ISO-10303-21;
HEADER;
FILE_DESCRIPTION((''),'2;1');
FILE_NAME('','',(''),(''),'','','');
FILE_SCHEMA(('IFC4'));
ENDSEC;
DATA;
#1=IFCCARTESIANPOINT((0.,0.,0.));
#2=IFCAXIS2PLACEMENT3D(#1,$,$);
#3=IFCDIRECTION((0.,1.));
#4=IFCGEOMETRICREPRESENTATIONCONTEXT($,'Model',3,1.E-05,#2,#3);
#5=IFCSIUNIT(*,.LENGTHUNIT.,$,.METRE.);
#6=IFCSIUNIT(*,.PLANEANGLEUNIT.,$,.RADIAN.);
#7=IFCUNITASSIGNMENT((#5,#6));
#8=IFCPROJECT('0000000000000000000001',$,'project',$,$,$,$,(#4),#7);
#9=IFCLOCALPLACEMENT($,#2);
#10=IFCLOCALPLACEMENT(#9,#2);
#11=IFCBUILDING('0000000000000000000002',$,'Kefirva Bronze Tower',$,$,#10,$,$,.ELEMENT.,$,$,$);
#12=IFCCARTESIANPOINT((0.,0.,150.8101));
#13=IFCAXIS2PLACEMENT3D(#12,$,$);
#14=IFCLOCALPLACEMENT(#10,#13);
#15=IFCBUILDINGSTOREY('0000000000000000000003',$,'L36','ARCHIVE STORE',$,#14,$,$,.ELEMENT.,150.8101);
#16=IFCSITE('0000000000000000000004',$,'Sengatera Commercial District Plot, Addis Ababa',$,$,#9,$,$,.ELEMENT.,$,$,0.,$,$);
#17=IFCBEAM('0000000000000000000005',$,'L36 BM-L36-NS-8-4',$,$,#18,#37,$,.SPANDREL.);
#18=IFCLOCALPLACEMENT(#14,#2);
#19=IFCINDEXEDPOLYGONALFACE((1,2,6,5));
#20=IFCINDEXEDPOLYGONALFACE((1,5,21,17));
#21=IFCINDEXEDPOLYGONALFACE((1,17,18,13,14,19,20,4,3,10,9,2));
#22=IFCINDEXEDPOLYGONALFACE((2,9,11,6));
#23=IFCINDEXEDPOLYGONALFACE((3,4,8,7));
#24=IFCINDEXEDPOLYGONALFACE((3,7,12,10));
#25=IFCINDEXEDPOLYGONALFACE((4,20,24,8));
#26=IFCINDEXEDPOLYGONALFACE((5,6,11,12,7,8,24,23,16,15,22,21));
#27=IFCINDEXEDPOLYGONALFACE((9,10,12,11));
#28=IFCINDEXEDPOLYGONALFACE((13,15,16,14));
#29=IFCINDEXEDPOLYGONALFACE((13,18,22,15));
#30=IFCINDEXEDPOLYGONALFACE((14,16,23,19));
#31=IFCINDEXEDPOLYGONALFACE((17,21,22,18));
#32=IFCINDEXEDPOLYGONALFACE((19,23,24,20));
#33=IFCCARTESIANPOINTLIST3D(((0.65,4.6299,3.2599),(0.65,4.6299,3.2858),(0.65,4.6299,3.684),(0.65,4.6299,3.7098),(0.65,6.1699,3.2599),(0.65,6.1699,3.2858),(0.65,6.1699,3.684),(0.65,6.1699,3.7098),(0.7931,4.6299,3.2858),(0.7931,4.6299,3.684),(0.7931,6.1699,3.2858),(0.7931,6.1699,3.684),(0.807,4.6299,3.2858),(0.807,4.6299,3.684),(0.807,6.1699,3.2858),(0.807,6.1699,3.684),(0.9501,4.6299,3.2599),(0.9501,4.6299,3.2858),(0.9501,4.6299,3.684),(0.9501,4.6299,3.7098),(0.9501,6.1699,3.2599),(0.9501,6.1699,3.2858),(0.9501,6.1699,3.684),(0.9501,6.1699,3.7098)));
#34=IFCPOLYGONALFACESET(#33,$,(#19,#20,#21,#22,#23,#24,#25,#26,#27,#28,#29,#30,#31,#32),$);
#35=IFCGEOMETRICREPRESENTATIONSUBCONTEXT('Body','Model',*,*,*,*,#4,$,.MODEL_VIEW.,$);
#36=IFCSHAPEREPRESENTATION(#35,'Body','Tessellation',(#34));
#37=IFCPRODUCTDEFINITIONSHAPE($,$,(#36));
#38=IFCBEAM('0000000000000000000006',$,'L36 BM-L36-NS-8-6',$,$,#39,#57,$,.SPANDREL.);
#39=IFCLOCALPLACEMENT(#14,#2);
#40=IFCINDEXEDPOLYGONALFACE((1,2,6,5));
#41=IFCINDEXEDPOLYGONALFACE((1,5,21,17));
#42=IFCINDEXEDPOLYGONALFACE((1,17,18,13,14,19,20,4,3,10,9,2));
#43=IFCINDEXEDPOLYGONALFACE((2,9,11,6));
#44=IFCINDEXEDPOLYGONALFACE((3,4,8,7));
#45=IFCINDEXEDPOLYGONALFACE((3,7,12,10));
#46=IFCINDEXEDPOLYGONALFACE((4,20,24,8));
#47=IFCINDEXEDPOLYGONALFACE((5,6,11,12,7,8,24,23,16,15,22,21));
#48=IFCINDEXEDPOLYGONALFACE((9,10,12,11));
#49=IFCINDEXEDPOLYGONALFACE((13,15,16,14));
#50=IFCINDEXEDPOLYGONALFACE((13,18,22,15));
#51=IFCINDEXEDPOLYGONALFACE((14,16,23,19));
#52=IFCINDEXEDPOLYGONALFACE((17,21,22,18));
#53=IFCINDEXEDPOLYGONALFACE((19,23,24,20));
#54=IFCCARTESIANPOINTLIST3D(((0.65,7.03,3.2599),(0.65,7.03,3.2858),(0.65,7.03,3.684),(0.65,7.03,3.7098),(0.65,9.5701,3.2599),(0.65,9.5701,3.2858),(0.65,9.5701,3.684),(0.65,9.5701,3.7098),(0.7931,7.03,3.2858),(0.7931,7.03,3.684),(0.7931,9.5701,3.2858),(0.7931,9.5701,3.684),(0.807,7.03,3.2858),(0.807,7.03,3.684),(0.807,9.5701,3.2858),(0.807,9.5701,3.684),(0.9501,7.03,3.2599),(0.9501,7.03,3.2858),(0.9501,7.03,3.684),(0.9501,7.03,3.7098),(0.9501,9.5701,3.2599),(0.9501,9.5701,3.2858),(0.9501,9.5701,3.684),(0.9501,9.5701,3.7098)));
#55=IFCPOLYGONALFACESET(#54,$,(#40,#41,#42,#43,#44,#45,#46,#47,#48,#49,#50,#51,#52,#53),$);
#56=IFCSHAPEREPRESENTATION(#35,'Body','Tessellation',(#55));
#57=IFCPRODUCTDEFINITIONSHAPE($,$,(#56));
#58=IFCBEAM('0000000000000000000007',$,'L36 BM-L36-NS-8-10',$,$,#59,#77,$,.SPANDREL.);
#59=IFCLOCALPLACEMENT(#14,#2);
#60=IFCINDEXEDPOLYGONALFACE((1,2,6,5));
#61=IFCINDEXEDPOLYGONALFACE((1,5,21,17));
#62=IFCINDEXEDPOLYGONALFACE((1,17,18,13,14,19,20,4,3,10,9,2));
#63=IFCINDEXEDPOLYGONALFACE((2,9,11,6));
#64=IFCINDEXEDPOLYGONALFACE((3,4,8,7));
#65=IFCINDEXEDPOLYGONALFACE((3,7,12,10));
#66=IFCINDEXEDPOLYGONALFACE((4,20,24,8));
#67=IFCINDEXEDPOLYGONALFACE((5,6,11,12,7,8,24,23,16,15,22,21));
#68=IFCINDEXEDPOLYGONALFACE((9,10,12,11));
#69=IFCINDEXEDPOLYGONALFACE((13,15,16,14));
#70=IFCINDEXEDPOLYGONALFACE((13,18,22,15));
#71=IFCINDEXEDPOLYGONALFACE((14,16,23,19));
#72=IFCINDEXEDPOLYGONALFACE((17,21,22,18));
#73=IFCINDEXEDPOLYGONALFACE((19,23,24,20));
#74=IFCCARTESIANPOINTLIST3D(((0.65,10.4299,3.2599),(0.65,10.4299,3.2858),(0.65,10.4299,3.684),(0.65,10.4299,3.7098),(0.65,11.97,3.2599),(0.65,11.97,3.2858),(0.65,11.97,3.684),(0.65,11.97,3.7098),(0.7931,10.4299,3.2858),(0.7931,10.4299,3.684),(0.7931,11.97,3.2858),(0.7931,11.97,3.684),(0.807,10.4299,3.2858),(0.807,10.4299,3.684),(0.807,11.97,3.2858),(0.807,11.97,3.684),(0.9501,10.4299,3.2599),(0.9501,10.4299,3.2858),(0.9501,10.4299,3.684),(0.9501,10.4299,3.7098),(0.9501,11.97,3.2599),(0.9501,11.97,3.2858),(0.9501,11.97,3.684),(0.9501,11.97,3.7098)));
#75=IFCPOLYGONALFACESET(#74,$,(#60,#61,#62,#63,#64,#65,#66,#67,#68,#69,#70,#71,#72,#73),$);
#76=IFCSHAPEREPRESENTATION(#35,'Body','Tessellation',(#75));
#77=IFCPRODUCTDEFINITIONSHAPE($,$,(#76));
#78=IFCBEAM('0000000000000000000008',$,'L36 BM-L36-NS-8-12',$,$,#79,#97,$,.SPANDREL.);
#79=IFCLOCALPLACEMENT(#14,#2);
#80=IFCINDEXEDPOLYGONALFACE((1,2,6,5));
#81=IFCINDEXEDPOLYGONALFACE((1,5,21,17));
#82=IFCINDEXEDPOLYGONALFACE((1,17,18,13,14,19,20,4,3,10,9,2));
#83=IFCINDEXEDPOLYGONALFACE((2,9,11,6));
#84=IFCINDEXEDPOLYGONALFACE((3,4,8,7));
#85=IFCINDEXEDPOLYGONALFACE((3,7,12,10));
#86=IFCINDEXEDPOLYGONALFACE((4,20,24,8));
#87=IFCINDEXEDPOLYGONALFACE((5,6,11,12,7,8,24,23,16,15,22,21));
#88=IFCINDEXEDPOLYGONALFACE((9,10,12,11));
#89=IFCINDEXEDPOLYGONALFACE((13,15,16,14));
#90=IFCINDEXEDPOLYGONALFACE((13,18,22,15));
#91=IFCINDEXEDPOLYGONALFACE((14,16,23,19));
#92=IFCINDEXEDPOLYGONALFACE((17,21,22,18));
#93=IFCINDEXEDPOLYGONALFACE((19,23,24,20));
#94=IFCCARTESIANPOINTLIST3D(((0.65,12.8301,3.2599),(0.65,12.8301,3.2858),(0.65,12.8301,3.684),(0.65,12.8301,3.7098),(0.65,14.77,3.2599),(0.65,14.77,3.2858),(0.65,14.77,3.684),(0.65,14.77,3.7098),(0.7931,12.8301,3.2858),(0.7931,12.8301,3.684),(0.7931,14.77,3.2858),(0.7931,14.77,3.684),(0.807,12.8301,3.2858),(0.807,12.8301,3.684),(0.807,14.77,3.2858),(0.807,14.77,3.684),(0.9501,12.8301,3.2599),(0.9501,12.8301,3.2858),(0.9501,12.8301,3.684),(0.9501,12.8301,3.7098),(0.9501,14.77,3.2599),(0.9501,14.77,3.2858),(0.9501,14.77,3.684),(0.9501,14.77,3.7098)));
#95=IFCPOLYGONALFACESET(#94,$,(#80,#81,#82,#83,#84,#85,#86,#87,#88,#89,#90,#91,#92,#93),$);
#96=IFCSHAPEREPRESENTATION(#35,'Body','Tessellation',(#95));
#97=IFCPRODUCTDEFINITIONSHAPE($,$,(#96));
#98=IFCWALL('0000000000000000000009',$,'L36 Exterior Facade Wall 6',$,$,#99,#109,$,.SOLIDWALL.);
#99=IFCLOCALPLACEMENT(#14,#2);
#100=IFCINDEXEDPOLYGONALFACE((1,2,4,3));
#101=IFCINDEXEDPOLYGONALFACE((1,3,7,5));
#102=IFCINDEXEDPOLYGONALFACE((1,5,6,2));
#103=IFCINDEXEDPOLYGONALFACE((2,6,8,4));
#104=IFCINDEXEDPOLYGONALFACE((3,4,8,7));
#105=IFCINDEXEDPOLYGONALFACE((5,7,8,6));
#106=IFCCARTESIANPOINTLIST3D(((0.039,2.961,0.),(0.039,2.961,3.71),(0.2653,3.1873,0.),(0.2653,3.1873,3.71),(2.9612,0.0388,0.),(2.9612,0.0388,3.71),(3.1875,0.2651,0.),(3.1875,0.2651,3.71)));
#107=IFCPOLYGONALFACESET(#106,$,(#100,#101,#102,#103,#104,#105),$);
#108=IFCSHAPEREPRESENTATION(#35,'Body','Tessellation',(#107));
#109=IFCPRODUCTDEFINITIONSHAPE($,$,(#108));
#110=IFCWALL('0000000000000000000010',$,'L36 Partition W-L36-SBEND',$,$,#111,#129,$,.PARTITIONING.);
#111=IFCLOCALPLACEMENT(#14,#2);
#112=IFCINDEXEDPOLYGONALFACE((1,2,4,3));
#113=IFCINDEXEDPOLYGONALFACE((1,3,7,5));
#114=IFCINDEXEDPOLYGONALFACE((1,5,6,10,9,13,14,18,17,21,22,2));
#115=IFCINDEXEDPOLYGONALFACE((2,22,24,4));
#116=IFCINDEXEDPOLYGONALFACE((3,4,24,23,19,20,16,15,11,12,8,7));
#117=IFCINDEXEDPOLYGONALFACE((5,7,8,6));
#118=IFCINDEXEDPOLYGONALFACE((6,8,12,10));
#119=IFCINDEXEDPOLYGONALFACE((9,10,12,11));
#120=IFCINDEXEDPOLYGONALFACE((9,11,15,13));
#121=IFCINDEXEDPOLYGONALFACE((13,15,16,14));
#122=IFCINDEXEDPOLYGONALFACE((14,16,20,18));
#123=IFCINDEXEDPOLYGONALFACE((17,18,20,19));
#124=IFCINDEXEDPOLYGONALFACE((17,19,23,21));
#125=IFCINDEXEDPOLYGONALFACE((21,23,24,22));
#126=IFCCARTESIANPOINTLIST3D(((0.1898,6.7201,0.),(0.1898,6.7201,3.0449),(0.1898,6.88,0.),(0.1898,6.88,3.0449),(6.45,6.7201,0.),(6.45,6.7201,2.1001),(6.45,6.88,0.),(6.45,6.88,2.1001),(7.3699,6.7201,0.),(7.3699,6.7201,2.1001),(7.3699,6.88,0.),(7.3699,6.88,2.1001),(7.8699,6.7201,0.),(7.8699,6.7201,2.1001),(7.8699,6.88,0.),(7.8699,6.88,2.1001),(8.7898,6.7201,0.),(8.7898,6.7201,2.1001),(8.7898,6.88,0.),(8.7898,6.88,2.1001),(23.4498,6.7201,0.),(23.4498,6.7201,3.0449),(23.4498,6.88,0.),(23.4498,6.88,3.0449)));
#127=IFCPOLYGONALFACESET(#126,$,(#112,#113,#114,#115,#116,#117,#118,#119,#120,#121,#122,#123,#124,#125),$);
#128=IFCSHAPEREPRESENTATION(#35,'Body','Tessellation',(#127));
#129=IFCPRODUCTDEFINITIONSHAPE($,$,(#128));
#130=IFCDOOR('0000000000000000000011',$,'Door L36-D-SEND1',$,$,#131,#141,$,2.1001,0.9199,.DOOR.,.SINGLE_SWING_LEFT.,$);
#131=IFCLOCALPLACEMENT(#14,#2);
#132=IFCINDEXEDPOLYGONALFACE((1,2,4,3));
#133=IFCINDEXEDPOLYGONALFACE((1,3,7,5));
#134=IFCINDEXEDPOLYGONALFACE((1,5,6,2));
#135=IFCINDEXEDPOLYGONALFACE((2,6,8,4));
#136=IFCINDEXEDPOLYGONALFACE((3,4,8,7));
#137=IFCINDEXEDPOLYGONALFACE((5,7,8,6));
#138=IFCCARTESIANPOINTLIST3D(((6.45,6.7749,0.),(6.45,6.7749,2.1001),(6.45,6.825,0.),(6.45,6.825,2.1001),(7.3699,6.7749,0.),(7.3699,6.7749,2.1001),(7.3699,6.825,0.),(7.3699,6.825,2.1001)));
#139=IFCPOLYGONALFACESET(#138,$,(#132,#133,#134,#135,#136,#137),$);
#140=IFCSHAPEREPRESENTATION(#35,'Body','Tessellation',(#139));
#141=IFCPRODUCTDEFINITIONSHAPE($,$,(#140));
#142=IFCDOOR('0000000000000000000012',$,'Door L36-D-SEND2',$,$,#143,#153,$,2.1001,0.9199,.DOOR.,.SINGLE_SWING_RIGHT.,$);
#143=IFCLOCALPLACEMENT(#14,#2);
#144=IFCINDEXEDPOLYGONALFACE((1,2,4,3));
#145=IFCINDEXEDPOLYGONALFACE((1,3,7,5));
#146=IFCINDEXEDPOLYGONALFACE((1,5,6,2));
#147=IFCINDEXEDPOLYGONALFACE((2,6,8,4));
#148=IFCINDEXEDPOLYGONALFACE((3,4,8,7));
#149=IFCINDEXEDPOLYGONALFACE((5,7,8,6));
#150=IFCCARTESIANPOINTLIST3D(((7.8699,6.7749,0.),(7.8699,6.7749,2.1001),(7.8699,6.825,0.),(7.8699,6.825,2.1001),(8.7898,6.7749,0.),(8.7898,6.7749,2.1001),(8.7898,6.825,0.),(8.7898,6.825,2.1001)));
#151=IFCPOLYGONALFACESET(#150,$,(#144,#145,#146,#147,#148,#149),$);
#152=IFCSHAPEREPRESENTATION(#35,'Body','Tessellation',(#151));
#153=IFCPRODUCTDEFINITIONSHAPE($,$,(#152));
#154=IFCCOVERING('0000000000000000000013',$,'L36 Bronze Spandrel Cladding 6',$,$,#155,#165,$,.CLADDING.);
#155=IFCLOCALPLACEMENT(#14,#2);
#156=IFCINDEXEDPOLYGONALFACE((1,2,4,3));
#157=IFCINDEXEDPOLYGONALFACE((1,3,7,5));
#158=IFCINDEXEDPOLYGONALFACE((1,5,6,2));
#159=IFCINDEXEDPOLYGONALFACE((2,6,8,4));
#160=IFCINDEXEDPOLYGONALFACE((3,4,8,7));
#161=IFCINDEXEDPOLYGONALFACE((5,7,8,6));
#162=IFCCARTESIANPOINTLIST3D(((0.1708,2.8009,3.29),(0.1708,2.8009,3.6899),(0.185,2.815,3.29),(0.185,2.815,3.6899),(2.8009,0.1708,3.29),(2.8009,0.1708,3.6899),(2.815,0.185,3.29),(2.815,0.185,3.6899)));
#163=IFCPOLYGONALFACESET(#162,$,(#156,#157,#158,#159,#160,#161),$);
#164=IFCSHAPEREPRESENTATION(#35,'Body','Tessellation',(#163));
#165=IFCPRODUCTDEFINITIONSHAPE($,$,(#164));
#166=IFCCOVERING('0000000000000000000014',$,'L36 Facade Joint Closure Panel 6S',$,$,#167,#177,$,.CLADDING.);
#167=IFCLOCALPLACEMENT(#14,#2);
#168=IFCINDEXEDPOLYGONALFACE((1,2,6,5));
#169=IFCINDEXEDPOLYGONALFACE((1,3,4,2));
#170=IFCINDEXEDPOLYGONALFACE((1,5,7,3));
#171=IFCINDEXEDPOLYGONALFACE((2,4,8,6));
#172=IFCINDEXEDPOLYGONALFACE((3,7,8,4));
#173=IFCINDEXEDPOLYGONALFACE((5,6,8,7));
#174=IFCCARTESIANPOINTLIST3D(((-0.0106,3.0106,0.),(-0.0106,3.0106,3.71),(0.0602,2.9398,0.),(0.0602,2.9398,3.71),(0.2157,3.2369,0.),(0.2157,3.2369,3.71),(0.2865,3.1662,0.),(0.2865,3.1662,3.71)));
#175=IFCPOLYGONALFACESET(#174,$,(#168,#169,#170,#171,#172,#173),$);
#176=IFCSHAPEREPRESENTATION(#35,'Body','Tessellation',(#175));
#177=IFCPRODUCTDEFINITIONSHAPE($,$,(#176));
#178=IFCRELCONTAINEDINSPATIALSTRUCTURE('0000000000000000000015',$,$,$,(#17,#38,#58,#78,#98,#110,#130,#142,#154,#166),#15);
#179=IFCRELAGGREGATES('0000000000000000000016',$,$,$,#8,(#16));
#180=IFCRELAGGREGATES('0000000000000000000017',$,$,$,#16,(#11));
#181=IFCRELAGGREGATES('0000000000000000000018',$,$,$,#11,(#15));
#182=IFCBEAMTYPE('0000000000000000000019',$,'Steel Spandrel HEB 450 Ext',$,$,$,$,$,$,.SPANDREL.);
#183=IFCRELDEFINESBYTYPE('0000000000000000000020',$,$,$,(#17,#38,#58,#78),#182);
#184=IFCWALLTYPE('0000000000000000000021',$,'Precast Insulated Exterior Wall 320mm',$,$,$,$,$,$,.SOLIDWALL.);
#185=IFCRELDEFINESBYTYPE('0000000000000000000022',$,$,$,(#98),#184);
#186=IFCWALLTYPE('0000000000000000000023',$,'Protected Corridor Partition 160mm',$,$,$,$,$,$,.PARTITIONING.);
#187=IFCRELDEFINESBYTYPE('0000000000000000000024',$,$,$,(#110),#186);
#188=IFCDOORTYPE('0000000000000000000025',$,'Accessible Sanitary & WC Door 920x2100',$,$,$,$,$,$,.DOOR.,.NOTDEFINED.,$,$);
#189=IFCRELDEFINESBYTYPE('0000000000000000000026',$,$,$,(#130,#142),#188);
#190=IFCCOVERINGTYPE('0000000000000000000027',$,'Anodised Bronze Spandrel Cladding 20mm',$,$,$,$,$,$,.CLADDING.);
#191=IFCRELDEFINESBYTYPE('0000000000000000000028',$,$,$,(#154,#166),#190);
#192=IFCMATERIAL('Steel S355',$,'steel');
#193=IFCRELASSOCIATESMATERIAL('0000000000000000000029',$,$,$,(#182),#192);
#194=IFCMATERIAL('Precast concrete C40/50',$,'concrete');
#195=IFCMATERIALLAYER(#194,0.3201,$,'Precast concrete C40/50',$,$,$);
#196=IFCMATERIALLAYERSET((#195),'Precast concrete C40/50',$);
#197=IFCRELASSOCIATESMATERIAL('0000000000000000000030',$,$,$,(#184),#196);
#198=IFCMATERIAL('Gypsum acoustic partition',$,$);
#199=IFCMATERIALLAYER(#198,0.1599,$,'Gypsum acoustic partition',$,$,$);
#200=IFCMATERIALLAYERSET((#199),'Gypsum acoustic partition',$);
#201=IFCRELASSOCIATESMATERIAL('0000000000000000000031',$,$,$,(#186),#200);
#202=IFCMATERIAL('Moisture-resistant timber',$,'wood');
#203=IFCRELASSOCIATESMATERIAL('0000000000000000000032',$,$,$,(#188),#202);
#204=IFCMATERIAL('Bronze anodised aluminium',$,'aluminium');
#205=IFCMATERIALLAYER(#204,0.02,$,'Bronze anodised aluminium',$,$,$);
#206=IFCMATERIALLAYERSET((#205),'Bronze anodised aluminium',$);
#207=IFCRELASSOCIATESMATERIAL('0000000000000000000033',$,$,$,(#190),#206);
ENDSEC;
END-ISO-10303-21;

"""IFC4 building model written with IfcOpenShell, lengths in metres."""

from ifc_helpers import new_model, si_unit, direction, frame, frame_2d, origin, origin_2d, place, context, subcontext, project, spatial, rectangle, i_section, extrude, material, layer, layer_set, material_profile, profile_set, type_object, element, fill, save


model = new_model("IFC4")

# Units and contexts
model_context = context("Model", 3, precision=1e-05, world=origin(), true_north=direction((0.0, 1.0)))
body_context = subcontext(model_context, "Body", "Model", "MODEL_VIEW")
ifc_project = project(units=[si_unit("LENGTHUNIT", "METRE"), si_unit("PLANEANGLEUNIT", "RADIAN")], contexts=[model_context])

# Site, building, storey
site_placement = place(None, origin())
site = spatial("IfcSite", under=ifc_project, at=site_placement, Name="Sengatera Commercial District Plot, Addis Ababa", CompositionType="ELEMENT", RefElevation=0.0)
building_placement = place(site_placement, origin())
building = spatial("IfcBuilding", under=site, at=building_placement, Name="Kefirva Bronze Tower", CompositionType="ELEMENT")
storey_placement = place(building_placement, frame((0.0, 0.0, 150.8101)))
storey = spatial("IfcBuildingStorey", under=building, at=storey_placement, Name="L36", Description="ARCHIVE STORE", CompositionType="ELEMENT", Elevation=150.8101)

# Shared definitions
ifc_material_1 = material(Name="Bronze anodised aluminium", Category="aluminium")

# Beams
ifc_material_2 = material(Name="Steel S355", Category="steel")
ifc_material_profile_1 = material_profile(ifc_material_2, i_section(OverallWidth=0.3, OverallDepth=0.45, WebThickness=0.0139, FlangeThickness=0.0259, at=origin_2d()), Name="HEB 450")
ifc_profile_set_1 = profile_set([ifc_material_profile_1], Name="Steel S355")
beam_type_1 = type_object("IfcBeamType", Name="Steel Spandrel HEB 450 Ext", PredefinedType="SPANDREL", material=ifc_profile_set_1)
beam_1_placement = place(storey_placement, frame((0.8, 4.6299, 3.4849), z_axis=(0.0, 1.0, 0.0), x_axis=(-1.0, 0.0, 0.0)))
element("IfcBeam", 1, at=beam_1_placement, inside=storey, type_object=beam_type_1, Name="L36 BM-L36-NS-8-4", PredefinedType="SPANDREL", context=body_context, shape_type="SweptSolid", body=[
    extrude(i_section(OverallWidth=0.3, OverallDepth=0.45, WebThickness=0.0139, FlangeThickness=0.0259, at=origin_2d()), origin(), (0.0, 0.0, 1.0), 1.54),
])
beam_2_placement = place(storey_placement, frame((0.8, 7.03, 3.4849), z_axis=(0.0, 1.0, 0.0), x_axis=(-1.0, 0.0, 0.0)))
element("IfcBeam", 2, at=beam_2_placement, inside=storey, type_object=beam_type_1, Name="L36 BM-L36-NS-8-6", PredefinedType="SPANDREL", context=body_context, shape_type="SweptSolid", body=[
    extrude(i_section(OverallWidth=0.3, OverallDepth=0.45, WebThickness=0.0139, FlangeThickness=0.0259, at=origin_2d()), origin(), (0.0, 0.0, 1.0), 2.54),
])
beam_3_placement = place(storey_placement, frame((0.8, 10.4299, 3.4849), z_axis=(0.0, 1.0, 0.0), x_axis=(-1.0, 0.0, 0.0)))
element("IfcBeam", 3, at=beam_3_placement, inside=storey, type_object=beam_type_1, Name="L36 BM-L36-NS-8-10", PredefinedType="SPANDREL", context=body_context, shape_type="SweptSolid", body=[
    extrude(i_section(OverallWidth=0.3, OverallDepth=0.45, WebThickness=0.0139, FlangeThickness=0.0259, at=origin_2d()), origin(), (0.0, 0.0, 1.0), 1.54),
])
beam_4_placement = place(storey_placement, frame((0.8, 12.8301, 3.4849), z_axis=(0.0, 1.0, 0.0), x_axis=(-1.0, 0.0, 0.0)))
element("IfcBeam", 4, at=beam_4_placement, inside=storey, type_object=beam_type_1, Name="L36 BM-L36-NS-8-12", PredefinedType="SPANDREL", context=body_context, shape_type="SweptSolid", body=[
    extrude(i_section(OverallWidth=0.3, OverallDepth=0.45, WebThickness=0.0139, FlangeThickness=0.0259, at=origin_2d()), origin(), (0.0, 0.0, 1.0), 1.9399),
])

# Wall
ifc_material_3 = material(Name="Precast concrete C40/50", Category="concrete")
ifc_layer_1 = layer(ifc_material_3, 0.3201, Name="Precast concrete C40/50")
ifc_layer_set_1 = layer_set([ifc_layer_1], Name="Precast concrete C40/50")
wall_type_1 = type_object("IfcWallType", Name="Precast Insulated Exterior Wall 320mm", PredefinedType="SOLIDWALL", material=ifc_layer_set_1)
wall_1_placement = place(storey_placement, frame((0.1521, 3.0742, 0.0), z_axis=(0.0, 0.0, 1.0), x_axis=(0.707107, -0.707107, 0.0)))
element("IfcWall", 5, at=wall_1_placement, inside=storey, type_object=wall_type_1, Name="L36 Exterior Facade Wall 6", PredefinedType="SOLIDWALL", context=body_context, shape_type="SweptSolid", body=[
    extrude(rectangle(XDim=4.1326, YDim=0.3201, at=frame_2d((2.0664, 0.0))), origin(), (0.0, 0.0, 1.0), 3.71),
])

# Wall, openings, doors
ifc_material_4 = material(Name="Gypsum acoustic partition")
ifc_layer_2 = layer(ifc_material_4, 0.1599, Name="Gypsum acoustic partition")
ifc_layer_set_2 = layer_set([ifc_layer_2], Name="Gypsum acoustic partition")
wall_type_2 = type_object("IfcWallType", Name="Protected Corridor Partition 160mm", PredefinedType="PARTITIONING", material=ifc_layer_set_2)
wall_2_placement = place(storey_placement, frame((0.1899, 6.8, 0.0), z_axis=(0.0, 0.0, 1.0), x_axis=(1.0, 0.0, 0.0)))
wall_2 = element("IfcWall", 6, at=wall_2_placement, inside=storey, type_object=wall_type_2, Name="L36 Partition W-L36-SBEND", PredefinedType="PARTITIONING", context=body_context, shape_type="SweptSolid", body=[
    extrude(rectangle(XDim=23.26, YDim=0.1599, at=frame_2d((11.6299, 0.0))), origin(), (0.0, 0.0, 1.0), 3.0449),
])
opening_1_placement = place(wall_2_placement, frame((6.26, 0.0, 0.0)))
opening_1 = element("IfcOpeningElement", 7, at=opening_1_placement, cuts=wall_2, PredefinedType="OPENING", context=body_context, shape_type="SweptSolid", body=[
    extrude(rectangle(XDim=0.9199, YDim=2.1001, at=frame_2d((0.46, 1.05))), frame((0.0, 0.0898, 0.0), z_axis=(0.0, -1.0, 0.0), x_axis=(1.0, 0.0, 0.0)), (0.0, 0.0, 1.0), 0.1799),
])
opening_2_placement = place(wall_2_placement, frame((7.6799, 0.0, 0.0)))
opening_2 = element("IfcOpeningElement", 8, at=opening_2_placement, cuts=wall_2, PredefinedType="OPENING", context=body_context, shape_type="SweptSolid", body=[
    extrude(rectangle(XDim=0.9199, YDim=2.1001, at=frame_2d((0.46, 1.05))), frame((0.0, 0.0898, 0.0), z_axis=(0.0, -1.0, 0.0), x_axis=(1.0, 0.0, 0.0)), (0.0, 0.0, 1.0), 0.1799),
])
ifc_material_5 = material(Name="Moisture-resistant timber", Category="wood")
door_type = type_object("IfcDoorType", Name="Accessible Sanitary & WC Door 920x2100", OperationType="NOTDEFINED", PredefinedType="DOOR", material=ifc_material_5)
door_1_placement = place(opening_1_placement, origin())
door_1 = element("IfcDoor", 9, at=door_1_placement, inside=storey, type_object=door_type, Name="Door L36-D-SEND1", OperationType="SINGLE_SWING_LEFT", OverallHeight=2.1001, OverallWidth=0.9199, PredefinedType="DOOR", context=body_context, shape_type="SweptSolid", body=[
    extrude(rectangle(XDim=0.9199, YDim=2.1001, at=frame_2d((0.46, 1.05))), frame((0.0, 0.0249, 0.0), z_axis=(0.0, -1.0, 0.0), x_axis=(1.0, 0.0, 0.0)), (0.0, 0.0, 1.0), 0.05),
])
fill(opening_1, door_1)
door_2_placement = place(opening_2_placement, origin())
door_2 = element("IfcDoor", 10, at=door_2_placement, inside=storey, type_object=door_type, Name="Door L36-D-SEND2", OperationType="SINGLE_SWING_RIGHT", OverallHeight=2.1001, OverallWidth=0.9199, PredefinedType="DOOR", context=body_context, shape_type="SweptSolid", body=[
    extrude(rectangle(XDim=0.9199, YDim=2.1001, at=frame_2d((0.46, 1.05))), frame((0.0, 0.0249, 0.0), z_axis=(0.0, -1.0, 0.0), x_axis=(1.0, 0.0, 0.0)), (0.0, 0.0, 1.0), 0.05),
])
fill(opening_2, door_2)

# Coverings
ifc_layer_3 = layer(ifc_material_1, 0.02, Name="Bronze anodised aluminium")
ifc_layer_set_3 = layer_set([ifc_layer_3], Name="Bronze anodised aluminium")
covering_type_1 = type_object("IfcCoveringType", Name="Anodised Bronze Spandrel Cladding 20mm", PredefinedType="CLADDING", material=ifc_layer_set_3)
covering_1_placement = place(storey_placement, frame((1.4929, 1.4929, 3.29), z_axis=(0.0, 0.0, 1.0), x_axis=(0.707107, -0.707107, 0.0)))
element("IfcCovering", 11, at=covering_1_placement, inside=storey, type_object=covering_type_1, Name="L36 Bronze Spandrel Cladding 6", PredefinedType="CLADDING", context=body_context, shape_type="SweptSolid", body=[
    extrude(rectangle(XDim=3.7195, YDim=0.02, at=origin_2d()), origin(), (0.0, 0.0, 1.0), 0.3999),
])
for number, where, z_axis, x_axis, name in (
    (12, (0.1379, 3.0884, 0.0), (0.0, 0.0, 1.0), (0.707107, -0.707107, 0.0), "L36 Facade Joint Closure Panel 6S"),
):
    element("IfcCovering", number, at=place(storey_placement, frame(where, z_axis=z_axis, x_axis=x_axis)), inside=storey, type_object=covering_type_1, Name=name, PredefinedType="CLADDING", context=body_context, shape_type="SweptSolid", body=[
        extrude(rectangle(XDim=0.1001, YDim=0.3201, at=origin_2d()), origin(), (0.0, 0.0, 1.0), 3.71),
    ])

save(model, "model.ifc")
